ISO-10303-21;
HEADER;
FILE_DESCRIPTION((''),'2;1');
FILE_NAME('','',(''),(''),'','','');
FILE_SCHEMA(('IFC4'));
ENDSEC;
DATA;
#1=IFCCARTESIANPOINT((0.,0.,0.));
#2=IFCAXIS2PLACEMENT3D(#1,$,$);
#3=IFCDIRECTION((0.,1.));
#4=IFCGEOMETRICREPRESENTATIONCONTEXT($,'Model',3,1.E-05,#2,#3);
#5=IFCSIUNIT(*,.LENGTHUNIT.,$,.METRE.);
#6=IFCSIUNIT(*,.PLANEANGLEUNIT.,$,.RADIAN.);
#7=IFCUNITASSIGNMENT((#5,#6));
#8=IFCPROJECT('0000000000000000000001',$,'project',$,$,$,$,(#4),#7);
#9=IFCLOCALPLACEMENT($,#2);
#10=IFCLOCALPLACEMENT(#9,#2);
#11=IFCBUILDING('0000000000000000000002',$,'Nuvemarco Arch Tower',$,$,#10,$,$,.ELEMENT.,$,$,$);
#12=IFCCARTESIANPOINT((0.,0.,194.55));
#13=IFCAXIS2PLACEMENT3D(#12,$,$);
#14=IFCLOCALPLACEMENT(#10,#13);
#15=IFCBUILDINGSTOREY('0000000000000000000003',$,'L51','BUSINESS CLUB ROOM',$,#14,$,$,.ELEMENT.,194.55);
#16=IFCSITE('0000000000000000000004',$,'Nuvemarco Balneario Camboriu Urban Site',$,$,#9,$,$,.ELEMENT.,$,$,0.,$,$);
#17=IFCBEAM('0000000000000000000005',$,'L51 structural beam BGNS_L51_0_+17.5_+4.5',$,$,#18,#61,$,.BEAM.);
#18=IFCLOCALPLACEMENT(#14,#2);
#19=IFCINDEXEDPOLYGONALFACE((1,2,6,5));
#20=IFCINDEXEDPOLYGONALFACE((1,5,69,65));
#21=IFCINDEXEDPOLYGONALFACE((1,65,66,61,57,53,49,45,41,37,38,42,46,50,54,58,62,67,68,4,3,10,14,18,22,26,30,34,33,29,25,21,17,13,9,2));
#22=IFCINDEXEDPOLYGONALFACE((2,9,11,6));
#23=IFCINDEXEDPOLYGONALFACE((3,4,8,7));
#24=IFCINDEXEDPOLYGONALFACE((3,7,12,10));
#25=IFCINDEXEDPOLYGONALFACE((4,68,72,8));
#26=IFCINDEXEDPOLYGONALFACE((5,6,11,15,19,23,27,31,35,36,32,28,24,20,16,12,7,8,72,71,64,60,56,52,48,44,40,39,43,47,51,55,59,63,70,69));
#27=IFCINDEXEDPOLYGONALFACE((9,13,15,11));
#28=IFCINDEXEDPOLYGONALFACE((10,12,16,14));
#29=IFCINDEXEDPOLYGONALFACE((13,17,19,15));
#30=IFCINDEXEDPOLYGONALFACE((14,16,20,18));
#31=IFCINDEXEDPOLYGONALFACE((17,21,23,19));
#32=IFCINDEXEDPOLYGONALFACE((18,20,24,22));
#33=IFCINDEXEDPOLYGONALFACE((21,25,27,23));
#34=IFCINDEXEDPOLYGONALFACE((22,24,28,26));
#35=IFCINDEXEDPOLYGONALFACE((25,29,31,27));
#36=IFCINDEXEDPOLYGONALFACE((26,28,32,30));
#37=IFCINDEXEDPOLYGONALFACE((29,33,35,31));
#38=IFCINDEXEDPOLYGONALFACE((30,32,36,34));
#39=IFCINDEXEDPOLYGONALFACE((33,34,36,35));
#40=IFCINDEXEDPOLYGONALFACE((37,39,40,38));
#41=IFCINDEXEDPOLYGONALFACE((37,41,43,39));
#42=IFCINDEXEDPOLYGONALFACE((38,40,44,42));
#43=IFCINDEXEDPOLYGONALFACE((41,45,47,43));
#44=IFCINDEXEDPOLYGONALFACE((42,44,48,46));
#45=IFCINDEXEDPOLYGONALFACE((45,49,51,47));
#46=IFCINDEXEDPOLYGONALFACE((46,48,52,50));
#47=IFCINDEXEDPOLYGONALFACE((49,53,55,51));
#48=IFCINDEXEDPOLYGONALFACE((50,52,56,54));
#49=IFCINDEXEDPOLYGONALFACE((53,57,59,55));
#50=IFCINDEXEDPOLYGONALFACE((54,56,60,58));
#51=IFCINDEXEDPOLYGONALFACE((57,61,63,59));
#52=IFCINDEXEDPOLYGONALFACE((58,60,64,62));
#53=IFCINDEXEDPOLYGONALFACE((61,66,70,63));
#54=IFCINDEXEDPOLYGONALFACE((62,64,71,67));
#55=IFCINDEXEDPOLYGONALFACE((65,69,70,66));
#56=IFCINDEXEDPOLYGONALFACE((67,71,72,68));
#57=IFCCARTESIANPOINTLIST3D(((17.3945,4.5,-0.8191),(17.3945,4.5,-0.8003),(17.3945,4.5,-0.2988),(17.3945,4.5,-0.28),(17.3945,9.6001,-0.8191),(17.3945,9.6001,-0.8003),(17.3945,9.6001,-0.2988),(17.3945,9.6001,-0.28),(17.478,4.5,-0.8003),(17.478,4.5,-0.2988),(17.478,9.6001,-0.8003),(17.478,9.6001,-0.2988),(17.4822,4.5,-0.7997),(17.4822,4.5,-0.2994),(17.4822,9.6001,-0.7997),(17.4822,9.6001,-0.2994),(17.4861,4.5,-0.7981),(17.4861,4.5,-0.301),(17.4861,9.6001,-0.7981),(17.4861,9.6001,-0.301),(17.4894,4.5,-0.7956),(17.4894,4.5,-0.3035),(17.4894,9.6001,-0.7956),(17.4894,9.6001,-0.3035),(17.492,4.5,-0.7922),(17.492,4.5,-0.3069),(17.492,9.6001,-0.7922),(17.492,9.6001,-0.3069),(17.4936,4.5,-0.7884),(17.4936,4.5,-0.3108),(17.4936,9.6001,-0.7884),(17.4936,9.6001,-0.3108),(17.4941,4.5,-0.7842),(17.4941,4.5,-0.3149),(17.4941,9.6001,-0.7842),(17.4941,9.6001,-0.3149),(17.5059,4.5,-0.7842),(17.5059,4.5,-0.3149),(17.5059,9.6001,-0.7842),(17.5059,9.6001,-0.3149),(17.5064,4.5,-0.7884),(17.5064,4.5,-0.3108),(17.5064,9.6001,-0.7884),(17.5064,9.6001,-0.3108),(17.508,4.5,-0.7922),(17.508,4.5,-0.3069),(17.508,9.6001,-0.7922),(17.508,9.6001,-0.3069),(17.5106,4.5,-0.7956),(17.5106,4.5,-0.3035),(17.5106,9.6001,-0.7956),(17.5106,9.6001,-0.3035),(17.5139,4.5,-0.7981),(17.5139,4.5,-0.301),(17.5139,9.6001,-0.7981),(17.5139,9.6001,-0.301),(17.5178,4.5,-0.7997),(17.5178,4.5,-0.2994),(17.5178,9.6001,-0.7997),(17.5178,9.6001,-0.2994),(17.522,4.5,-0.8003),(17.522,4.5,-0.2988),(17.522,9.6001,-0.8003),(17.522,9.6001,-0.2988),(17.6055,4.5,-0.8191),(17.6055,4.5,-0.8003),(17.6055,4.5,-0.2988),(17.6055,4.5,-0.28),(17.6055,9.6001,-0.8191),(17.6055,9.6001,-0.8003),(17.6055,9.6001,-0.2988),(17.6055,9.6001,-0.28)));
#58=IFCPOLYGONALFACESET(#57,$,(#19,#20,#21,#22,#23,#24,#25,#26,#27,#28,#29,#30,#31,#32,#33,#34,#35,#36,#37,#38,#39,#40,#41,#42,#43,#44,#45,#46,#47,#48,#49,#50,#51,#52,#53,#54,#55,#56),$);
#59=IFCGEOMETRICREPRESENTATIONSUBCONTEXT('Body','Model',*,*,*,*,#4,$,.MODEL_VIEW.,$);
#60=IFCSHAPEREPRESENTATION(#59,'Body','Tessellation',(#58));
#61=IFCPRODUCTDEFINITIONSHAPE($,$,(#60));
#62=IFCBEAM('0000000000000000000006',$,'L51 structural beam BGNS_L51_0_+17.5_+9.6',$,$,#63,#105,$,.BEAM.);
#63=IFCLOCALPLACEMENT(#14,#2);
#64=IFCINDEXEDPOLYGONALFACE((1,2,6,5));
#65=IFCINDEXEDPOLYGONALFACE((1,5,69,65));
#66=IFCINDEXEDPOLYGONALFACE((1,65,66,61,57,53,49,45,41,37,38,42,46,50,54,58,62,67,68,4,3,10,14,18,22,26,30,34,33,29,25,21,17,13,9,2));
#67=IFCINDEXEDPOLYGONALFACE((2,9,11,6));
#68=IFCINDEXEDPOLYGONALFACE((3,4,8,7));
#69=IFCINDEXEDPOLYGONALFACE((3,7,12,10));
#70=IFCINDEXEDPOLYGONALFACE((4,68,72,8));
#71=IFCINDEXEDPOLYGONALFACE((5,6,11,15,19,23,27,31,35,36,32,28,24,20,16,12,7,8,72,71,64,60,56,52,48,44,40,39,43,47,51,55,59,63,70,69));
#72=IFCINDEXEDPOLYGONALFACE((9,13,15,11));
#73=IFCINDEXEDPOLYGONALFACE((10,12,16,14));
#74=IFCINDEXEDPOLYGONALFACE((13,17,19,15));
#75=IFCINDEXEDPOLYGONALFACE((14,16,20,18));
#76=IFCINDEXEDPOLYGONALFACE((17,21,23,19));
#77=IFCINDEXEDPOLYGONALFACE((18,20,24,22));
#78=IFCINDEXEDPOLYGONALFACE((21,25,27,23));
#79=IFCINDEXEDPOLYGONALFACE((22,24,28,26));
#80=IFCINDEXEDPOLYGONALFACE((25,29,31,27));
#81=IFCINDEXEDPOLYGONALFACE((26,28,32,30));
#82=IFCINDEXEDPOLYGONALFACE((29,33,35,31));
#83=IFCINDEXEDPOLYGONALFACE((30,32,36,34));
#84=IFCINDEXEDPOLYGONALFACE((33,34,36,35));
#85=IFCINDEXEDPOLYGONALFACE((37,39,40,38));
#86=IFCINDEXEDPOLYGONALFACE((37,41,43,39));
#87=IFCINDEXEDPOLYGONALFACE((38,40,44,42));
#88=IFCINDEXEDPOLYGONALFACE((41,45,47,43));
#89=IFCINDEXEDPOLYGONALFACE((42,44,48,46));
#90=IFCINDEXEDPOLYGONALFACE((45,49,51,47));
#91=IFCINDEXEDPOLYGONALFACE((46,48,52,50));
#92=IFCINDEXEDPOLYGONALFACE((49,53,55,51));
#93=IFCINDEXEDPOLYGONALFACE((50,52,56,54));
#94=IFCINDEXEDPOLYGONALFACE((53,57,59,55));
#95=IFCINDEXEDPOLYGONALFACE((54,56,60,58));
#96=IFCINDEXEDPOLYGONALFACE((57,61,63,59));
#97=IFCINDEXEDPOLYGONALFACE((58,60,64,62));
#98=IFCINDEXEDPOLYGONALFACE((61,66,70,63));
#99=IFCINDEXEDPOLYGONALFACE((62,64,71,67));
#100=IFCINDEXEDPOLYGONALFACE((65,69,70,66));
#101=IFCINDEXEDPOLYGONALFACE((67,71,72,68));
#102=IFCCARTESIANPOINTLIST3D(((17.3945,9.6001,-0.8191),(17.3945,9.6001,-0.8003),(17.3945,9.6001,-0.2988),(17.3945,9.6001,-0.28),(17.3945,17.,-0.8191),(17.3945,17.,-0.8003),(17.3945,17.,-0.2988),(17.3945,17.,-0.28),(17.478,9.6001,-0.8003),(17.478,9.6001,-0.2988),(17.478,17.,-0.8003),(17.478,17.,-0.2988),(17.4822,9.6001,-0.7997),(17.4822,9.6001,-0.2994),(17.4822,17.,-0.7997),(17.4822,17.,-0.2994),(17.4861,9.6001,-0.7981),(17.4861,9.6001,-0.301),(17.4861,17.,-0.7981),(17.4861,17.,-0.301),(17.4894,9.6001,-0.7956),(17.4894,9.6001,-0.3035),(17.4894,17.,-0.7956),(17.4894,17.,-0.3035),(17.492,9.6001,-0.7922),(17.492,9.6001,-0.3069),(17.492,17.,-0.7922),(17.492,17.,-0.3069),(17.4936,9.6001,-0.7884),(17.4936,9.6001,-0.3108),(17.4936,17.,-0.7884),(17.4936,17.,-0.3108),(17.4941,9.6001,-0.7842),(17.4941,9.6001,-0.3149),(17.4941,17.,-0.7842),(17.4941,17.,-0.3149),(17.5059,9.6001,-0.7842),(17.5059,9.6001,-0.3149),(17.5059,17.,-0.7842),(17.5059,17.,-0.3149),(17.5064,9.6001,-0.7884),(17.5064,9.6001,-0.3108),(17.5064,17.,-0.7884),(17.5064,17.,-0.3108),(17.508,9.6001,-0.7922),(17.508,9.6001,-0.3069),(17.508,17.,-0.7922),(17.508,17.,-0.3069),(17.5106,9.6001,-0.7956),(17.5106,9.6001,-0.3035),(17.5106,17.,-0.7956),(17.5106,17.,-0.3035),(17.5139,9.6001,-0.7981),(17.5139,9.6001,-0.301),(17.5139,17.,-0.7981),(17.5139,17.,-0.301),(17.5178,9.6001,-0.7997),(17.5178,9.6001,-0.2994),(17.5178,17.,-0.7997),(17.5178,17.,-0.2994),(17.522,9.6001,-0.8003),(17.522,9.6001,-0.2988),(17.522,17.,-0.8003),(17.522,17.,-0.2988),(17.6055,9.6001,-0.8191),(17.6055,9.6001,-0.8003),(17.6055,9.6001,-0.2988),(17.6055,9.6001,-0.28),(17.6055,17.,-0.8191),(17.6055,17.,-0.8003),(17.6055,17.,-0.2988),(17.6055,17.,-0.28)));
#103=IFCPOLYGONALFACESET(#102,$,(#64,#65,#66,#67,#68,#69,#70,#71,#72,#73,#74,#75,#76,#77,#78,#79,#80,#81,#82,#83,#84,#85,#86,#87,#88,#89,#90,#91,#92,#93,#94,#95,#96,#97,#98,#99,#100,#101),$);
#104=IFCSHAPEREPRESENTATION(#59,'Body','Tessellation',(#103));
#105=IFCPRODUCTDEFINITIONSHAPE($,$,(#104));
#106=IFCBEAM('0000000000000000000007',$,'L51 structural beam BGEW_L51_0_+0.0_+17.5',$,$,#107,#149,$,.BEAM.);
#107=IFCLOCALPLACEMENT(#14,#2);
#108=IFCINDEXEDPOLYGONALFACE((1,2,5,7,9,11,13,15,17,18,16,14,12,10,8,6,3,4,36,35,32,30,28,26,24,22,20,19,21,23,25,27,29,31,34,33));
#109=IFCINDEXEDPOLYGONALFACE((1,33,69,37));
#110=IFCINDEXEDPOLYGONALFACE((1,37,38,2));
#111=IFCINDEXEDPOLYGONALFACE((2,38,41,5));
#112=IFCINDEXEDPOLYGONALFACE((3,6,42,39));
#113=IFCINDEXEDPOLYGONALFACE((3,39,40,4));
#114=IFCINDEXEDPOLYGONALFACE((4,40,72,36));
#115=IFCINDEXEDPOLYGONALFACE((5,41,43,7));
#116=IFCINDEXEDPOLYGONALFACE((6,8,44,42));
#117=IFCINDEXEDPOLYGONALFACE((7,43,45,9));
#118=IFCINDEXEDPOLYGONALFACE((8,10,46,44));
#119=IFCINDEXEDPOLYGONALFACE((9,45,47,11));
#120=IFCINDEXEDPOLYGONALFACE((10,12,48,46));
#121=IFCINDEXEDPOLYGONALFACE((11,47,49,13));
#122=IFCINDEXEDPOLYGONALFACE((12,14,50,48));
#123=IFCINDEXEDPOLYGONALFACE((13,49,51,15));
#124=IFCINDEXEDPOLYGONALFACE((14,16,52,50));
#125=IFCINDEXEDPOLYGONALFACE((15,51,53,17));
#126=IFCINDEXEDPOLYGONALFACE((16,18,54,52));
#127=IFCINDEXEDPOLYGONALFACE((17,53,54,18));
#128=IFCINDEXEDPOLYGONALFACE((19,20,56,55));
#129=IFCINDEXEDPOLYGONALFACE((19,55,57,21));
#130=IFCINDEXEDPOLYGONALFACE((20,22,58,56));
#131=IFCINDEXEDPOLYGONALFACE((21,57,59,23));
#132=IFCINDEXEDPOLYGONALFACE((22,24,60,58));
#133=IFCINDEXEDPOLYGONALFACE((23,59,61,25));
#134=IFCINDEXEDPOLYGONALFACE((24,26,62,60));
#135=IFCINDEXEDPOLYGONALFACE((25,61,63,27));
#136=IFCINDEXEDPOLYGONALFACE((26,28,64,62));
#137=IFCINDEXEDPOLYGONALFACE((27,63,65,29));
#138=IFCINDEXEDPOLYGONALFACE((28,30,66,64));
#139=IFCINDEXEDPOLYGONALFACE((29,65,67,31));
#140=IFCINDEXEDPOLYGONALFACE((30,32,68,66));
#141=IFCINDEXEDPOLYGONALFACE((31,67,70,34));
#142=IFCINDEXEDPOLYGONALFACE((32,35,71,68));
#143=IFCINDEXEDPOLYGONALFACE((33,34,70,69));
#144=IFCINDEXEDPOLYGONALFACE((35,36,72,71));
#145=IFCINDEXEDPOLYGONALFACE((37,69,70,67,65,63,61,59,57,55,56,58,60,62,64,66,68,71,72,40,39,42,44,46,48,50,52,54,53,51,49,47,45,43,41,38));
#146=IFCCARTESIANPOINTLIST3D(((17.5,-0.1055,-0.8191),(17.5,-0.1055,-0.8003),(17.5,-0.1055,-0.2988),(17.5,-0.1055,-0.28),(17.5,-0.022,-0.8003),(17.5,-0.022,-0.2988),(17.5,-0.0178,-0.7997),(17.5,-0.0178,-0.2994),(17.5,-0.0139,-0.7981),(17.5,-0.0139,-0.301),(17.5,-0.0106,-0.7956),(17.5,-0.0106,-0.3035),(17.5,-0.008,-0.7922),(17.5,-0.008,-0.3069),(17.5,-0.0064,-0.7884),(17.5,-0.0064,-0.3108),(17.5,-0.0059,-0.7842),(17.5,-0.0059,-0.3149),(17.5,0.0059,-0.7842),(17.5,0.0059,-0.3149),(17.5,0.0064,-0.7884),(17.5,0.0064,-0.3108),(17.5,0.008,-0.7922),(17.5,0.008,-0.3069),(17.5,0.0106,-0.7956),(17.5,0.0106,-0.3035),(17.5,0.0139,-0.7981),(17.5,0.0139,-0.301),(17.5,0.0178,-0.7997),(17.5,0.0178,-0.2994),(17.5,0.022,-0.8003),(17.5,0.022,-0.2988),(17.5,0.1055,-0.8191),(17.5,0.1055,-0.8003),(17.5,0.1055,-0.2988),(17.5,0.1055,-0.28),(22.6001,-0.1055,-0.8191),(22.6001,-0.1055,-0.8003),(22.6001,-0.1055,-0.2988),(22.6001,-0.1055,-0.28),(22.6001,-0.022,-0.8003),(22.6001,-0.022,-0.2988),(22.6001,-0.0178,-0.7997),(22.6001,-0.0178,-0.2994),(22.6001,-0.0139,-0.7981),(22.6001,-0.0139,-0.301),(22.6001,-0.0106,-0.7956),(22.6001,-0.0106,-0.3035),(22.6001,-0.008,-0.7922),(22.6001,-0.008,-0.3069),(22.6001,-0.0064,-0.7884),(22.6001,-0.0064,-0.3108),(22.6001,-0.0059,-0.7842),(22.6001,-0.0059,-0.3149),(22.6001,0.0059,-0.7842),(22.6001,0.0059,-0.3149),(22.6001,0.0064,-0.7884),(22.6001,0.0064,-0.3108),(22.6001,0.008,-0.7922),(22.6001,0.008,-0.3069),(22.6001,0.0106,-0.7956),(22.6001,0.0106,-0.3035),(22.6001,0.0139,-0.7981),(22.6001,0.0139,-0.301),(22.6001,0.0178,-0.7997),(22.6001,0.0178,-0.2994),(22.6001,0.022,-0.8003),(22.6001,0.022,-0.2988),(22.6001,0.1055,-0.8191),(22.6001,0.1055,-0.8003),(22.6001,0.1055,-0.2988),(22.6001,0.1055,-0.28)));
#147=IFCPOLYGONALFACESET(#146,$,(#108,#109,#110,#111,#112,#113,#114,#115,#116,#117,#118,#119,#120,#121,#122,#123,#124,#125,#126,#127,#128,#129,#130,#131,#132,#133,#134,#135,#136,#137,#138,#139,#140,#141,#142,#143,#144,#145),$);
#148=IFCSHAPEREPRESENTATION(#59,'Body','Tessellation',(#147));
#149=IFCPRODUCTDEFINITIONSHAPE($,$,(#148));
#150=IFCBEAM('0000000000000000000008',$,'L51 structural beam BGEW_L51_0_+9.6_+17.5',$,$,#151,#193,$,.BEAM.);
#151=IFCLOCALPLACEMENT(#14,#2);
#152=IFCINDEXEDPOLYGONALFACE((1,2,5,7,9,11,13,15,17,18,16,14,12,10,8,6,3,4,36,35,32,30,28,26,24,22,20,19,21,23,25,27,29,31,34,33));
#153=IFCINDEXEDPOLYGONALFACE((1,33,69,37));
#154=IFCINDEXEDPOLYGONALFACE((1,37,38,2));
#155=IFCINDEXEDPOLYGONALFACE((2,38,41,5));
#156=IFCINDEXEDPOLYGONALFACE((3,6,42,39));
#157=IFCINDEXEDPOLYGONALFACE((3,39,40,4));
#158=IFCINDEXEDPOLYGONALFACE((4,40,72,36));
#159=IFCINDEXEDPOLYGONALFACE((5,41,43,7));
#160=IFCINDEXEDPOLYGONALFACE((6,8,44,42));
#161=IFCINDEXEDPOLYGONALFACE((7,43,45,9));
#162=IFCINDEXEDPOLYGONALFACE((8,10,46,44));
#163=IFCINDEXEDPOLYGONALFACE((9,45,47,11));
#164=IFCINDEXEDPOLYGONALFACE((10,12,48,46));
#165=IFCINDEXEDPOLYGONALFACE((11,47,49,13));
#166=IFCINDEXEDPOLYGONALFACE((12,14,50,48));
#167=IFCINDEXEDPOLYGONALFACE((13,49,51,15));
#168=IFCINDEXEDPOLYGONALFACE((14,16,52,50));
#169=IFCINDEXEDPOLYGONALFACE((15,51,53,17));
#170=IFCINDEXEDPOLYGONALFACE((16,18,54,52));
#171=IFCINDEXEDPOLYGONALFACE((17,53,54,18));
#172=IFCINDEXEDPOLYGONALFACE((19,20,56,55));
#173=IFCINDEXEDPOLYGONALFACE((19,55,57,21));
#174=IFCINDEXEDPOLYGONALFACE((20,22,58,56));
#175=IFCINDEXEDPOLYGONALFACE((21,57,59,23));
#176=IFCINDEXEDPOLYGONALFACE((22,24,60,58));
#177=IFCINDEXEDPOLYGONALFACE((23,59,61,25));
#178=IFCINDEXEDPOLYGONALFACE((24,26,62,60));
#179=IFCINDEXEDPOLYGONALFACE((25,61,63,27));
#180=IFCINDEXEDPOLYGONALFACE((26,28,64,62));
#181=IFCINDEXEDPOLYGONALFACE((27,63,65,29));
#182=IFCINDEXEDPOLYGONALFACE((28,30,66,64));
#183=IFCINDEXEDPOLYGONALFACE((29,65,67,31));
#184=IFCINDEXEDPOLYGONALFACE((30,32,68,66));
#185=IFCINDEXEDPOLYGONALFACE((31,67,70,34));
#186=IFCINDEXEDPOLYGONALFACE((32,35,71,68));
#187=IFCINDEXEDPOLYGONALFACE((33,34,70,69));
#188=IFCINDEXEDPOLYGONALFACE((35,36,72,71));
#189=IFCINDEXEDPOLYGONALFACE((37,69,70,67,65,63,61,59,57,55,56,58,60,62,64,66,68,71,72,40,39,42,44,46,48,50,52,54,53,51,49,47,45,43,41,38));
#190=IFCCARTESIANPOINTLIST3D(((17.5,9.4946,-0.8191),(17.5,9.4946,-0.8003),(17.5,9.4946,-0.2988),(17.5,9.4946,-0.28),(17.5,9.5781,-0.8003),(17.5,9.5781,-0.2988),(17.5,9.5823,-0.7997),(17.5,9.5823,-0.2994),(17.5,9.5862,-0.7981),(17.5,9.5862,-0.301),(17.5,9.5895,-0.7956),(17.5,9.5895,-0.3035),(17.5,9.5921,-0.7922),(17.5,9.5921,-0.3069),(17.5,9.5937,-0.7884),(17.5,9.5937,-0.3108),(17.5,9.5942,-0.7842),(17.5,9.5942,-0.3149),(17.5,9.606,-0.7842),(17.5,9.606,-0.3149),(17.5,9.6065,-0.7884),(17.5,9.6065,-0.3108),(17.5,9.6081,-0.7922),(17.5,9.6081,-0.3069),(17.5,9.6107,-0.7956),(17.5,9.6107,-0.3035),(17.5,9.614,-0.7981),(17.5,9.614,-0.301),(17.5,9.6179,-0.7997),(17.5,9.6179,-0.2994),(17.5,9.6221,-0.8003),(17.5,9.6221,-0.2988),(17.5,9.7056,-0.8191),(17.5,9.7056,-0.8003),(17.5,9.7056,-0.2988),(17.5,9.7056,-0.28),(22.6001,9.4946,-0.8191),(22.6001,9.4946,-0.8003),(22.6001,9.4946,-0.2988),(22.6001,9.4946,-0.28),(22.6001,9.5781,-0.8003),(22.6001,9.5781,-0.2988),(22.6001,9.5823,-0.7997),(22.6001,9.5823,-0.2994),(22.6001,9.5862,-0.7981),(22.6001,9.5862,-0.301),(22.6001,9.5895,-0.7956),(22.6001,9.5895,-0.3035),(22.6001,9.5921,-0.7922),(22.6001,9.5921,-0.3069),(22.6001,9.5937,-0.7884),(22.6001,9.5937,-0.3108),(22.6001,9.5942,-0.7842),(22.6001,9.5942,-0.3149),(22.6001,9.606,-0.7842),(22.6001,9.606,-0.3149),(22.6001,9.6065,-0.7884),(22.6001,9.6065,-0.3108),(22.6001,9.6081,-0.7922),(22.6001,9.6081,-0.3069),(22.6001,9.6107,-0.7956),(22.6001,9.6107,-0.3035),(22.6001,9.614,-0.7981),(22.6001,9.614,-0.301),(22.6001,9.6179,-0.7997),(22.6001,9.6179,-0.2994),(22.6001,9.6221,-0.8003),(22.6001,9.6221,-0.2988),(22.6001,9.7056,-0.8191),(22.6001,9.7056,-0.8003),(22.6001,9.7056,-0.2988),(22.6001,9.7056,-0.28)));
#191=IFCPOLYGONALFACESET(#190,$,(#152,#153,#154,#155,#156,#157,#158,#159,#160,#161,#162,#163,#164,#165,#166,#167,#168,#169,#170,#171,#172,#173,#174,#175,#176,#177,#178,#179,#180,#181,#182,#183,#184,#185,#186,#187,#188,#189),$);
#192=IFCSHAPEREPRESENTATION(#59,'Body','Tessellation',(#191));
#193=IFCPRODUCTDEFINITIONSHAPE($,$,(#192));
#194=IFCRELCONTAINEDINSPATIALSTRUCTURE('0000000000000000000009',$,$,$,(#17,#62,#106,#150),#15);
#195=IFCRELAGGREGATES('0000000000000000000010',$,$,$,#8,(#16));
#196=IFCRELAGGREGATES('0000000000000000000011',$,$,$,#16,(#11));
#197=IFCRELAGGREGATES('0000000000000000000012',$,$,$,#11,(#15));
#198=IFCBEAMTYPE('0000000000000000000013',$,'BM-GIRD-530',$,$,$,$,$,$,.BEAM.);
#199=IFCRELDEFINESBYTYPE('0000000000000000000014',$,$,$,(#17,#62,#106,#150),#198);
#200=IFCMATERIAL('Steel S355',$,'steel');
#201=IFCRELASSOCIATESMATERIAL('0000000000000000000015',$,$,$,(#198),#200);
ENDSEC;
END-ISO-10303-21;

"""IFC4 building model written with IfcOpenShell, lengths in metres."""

from ifc_helpers import new_model, si_unit, direction, frame, origin, origin_2d, place, context, subcontext, project, spatial, i_section, extrude, material, material_profile, profile_set, type_object, element, save


model = new_model("IFC4")

# Units and contexts
model_context = context("Model", 3, precision=1e-05, world=origin(), true_north=direction((0.0, 1.0)))
body_context = subcontext(model_context, "Body", "Model", "MODEL_VIEW")
ifc_project = project(units=[si_unit("LENGTHUNIT", "METRE"), si_unit("PLANEANGLEUNIT", "RADIAN")], contexts=[model_context])

# Site, building, storey
site_placement = place(None, origin())
site = spatial("IfcSite", under=ifc_project, at=site_placement, Name="Nuvemarco Balneario Camboriu Urban Site", CompositionType="ELEMENT", RefElevation=0.0)
building_placement = place(site_placement, origin())
building = spatial("IfcBuilding", under=site, at=building_placement, Name="Nuvemarco Arch Tower", CompositionType="ELEMENT")
storey_placement = place(building_placement, frame((0.0, 0.0, 194.55)))
storey = spatial("IfcBuildingStorey", under=building, at=storey_placement, Name="L51", Description="BUSINESS CLUB ROOM", CompositionType="ELEMENT", Elevation=194.55)

# Shared definitions
ifc_material_1 = material(Name="Steel S355", Category="steel")

# Beams
ifc_material_profile_1 = material_profile(ifc_material_1, i_section(OverallWidth=0.2109, OverallDepth=0.5391, WebThickness=0.0117, FlangeThickness=0.0188, FilletRadius=0.0161, at=origin_2d()), Name="W530x109")
ifc_profile_set_1 = profile_set([ifc_material_profile_1], Name="Steel S355")
beam_type_1 = type_object("IfcBeamType", Name="BM-GIRD-530", PredefinedType="BEAM", material=ifc_profile_set_1)
beam_1_placement = place(storey_placement, frame((17.5, 4.5, -0.5496), z_axis=(0.0, 1.0, 0.0), x_axis=(-1.0, 0.0, 0.0)))
element("IfcBeam", 1, at=beam_1_placement, inside=storey, type_object=beam_type_1, Name="L51 structural beam BGNS_L51_0_+17.5_+4.5", PredefinedType="BEAM", context=body_context, shape_type="SweptSolid", body=[
    extrude(i_section(OverallWidth=0.2109, OverallDepth=0.5391, WebThickness=0.0117, FlangeThickness=0.0188, FilletRadius=0.0161, at=origin_2d()), origin(), (0.0, 0.0, 1.0), 5.1001),
])
beam_2_placement = place(storey_placement, frame((17.5, 9.6001, -0.5496), z_axis=(0.0, 1.0, 0.0), x_axis=(-1.0, 0.0, 0.0)))
element("IfcBeam", 2, at=beam_2_placement, inside=storey, type_object=beam_type_1, Name="L51 structural beam BGNS_L51_0_+17.5_+9.6", PredefinedType="BEAM", context=body_context, shape_type="SweptSolid", body=[
    extrude(i_section(OverallWidth=0.2109, OverallDepth=0.5391, WebThickness=0.0117, FlangeThickness=0.0188, FilletRadius=0.0161, at=origin_2d()), origin(), (0.0, 0.0, 1.0), 7.3999),
])
for number, where, z_axis, x_axis, name in (
    (3, (17.5, 0.0, -0.5496), (1.0, 0.0, 0.0), (0.0, 1.0, 0.0), "L51 structural beam BGEW_L51_0_+0.0_+17.5"),
    (4, (17.5, 9.6001, -0.5496), (1.0, 0.0, 0.0), (0.0, 1.0, 0.0), "L51 structural beam BGEW_L51_0_+9.6_+17.5"),
):
    element("IfcBeam", number, at=place(storey_placement, frame(where, z_axis=z_axis, x_axis=x_axis)), inside=storey, type_object=beam_type_1, Name=name, PredefinedType="BEAM", context=body_context, shape_type="SweptSolid", body=[
        extrude(i_section(OverallWidth=0.2109, OverallDepth=0.5391, WebThickness=0.0117, FlangeThickness=0.0188, FilletRadius=0.0161, at=origin_2d()), origin(), (0.0, 0.0, 1.0), 5.1001),
    ])

save(model, "model.ifc")
